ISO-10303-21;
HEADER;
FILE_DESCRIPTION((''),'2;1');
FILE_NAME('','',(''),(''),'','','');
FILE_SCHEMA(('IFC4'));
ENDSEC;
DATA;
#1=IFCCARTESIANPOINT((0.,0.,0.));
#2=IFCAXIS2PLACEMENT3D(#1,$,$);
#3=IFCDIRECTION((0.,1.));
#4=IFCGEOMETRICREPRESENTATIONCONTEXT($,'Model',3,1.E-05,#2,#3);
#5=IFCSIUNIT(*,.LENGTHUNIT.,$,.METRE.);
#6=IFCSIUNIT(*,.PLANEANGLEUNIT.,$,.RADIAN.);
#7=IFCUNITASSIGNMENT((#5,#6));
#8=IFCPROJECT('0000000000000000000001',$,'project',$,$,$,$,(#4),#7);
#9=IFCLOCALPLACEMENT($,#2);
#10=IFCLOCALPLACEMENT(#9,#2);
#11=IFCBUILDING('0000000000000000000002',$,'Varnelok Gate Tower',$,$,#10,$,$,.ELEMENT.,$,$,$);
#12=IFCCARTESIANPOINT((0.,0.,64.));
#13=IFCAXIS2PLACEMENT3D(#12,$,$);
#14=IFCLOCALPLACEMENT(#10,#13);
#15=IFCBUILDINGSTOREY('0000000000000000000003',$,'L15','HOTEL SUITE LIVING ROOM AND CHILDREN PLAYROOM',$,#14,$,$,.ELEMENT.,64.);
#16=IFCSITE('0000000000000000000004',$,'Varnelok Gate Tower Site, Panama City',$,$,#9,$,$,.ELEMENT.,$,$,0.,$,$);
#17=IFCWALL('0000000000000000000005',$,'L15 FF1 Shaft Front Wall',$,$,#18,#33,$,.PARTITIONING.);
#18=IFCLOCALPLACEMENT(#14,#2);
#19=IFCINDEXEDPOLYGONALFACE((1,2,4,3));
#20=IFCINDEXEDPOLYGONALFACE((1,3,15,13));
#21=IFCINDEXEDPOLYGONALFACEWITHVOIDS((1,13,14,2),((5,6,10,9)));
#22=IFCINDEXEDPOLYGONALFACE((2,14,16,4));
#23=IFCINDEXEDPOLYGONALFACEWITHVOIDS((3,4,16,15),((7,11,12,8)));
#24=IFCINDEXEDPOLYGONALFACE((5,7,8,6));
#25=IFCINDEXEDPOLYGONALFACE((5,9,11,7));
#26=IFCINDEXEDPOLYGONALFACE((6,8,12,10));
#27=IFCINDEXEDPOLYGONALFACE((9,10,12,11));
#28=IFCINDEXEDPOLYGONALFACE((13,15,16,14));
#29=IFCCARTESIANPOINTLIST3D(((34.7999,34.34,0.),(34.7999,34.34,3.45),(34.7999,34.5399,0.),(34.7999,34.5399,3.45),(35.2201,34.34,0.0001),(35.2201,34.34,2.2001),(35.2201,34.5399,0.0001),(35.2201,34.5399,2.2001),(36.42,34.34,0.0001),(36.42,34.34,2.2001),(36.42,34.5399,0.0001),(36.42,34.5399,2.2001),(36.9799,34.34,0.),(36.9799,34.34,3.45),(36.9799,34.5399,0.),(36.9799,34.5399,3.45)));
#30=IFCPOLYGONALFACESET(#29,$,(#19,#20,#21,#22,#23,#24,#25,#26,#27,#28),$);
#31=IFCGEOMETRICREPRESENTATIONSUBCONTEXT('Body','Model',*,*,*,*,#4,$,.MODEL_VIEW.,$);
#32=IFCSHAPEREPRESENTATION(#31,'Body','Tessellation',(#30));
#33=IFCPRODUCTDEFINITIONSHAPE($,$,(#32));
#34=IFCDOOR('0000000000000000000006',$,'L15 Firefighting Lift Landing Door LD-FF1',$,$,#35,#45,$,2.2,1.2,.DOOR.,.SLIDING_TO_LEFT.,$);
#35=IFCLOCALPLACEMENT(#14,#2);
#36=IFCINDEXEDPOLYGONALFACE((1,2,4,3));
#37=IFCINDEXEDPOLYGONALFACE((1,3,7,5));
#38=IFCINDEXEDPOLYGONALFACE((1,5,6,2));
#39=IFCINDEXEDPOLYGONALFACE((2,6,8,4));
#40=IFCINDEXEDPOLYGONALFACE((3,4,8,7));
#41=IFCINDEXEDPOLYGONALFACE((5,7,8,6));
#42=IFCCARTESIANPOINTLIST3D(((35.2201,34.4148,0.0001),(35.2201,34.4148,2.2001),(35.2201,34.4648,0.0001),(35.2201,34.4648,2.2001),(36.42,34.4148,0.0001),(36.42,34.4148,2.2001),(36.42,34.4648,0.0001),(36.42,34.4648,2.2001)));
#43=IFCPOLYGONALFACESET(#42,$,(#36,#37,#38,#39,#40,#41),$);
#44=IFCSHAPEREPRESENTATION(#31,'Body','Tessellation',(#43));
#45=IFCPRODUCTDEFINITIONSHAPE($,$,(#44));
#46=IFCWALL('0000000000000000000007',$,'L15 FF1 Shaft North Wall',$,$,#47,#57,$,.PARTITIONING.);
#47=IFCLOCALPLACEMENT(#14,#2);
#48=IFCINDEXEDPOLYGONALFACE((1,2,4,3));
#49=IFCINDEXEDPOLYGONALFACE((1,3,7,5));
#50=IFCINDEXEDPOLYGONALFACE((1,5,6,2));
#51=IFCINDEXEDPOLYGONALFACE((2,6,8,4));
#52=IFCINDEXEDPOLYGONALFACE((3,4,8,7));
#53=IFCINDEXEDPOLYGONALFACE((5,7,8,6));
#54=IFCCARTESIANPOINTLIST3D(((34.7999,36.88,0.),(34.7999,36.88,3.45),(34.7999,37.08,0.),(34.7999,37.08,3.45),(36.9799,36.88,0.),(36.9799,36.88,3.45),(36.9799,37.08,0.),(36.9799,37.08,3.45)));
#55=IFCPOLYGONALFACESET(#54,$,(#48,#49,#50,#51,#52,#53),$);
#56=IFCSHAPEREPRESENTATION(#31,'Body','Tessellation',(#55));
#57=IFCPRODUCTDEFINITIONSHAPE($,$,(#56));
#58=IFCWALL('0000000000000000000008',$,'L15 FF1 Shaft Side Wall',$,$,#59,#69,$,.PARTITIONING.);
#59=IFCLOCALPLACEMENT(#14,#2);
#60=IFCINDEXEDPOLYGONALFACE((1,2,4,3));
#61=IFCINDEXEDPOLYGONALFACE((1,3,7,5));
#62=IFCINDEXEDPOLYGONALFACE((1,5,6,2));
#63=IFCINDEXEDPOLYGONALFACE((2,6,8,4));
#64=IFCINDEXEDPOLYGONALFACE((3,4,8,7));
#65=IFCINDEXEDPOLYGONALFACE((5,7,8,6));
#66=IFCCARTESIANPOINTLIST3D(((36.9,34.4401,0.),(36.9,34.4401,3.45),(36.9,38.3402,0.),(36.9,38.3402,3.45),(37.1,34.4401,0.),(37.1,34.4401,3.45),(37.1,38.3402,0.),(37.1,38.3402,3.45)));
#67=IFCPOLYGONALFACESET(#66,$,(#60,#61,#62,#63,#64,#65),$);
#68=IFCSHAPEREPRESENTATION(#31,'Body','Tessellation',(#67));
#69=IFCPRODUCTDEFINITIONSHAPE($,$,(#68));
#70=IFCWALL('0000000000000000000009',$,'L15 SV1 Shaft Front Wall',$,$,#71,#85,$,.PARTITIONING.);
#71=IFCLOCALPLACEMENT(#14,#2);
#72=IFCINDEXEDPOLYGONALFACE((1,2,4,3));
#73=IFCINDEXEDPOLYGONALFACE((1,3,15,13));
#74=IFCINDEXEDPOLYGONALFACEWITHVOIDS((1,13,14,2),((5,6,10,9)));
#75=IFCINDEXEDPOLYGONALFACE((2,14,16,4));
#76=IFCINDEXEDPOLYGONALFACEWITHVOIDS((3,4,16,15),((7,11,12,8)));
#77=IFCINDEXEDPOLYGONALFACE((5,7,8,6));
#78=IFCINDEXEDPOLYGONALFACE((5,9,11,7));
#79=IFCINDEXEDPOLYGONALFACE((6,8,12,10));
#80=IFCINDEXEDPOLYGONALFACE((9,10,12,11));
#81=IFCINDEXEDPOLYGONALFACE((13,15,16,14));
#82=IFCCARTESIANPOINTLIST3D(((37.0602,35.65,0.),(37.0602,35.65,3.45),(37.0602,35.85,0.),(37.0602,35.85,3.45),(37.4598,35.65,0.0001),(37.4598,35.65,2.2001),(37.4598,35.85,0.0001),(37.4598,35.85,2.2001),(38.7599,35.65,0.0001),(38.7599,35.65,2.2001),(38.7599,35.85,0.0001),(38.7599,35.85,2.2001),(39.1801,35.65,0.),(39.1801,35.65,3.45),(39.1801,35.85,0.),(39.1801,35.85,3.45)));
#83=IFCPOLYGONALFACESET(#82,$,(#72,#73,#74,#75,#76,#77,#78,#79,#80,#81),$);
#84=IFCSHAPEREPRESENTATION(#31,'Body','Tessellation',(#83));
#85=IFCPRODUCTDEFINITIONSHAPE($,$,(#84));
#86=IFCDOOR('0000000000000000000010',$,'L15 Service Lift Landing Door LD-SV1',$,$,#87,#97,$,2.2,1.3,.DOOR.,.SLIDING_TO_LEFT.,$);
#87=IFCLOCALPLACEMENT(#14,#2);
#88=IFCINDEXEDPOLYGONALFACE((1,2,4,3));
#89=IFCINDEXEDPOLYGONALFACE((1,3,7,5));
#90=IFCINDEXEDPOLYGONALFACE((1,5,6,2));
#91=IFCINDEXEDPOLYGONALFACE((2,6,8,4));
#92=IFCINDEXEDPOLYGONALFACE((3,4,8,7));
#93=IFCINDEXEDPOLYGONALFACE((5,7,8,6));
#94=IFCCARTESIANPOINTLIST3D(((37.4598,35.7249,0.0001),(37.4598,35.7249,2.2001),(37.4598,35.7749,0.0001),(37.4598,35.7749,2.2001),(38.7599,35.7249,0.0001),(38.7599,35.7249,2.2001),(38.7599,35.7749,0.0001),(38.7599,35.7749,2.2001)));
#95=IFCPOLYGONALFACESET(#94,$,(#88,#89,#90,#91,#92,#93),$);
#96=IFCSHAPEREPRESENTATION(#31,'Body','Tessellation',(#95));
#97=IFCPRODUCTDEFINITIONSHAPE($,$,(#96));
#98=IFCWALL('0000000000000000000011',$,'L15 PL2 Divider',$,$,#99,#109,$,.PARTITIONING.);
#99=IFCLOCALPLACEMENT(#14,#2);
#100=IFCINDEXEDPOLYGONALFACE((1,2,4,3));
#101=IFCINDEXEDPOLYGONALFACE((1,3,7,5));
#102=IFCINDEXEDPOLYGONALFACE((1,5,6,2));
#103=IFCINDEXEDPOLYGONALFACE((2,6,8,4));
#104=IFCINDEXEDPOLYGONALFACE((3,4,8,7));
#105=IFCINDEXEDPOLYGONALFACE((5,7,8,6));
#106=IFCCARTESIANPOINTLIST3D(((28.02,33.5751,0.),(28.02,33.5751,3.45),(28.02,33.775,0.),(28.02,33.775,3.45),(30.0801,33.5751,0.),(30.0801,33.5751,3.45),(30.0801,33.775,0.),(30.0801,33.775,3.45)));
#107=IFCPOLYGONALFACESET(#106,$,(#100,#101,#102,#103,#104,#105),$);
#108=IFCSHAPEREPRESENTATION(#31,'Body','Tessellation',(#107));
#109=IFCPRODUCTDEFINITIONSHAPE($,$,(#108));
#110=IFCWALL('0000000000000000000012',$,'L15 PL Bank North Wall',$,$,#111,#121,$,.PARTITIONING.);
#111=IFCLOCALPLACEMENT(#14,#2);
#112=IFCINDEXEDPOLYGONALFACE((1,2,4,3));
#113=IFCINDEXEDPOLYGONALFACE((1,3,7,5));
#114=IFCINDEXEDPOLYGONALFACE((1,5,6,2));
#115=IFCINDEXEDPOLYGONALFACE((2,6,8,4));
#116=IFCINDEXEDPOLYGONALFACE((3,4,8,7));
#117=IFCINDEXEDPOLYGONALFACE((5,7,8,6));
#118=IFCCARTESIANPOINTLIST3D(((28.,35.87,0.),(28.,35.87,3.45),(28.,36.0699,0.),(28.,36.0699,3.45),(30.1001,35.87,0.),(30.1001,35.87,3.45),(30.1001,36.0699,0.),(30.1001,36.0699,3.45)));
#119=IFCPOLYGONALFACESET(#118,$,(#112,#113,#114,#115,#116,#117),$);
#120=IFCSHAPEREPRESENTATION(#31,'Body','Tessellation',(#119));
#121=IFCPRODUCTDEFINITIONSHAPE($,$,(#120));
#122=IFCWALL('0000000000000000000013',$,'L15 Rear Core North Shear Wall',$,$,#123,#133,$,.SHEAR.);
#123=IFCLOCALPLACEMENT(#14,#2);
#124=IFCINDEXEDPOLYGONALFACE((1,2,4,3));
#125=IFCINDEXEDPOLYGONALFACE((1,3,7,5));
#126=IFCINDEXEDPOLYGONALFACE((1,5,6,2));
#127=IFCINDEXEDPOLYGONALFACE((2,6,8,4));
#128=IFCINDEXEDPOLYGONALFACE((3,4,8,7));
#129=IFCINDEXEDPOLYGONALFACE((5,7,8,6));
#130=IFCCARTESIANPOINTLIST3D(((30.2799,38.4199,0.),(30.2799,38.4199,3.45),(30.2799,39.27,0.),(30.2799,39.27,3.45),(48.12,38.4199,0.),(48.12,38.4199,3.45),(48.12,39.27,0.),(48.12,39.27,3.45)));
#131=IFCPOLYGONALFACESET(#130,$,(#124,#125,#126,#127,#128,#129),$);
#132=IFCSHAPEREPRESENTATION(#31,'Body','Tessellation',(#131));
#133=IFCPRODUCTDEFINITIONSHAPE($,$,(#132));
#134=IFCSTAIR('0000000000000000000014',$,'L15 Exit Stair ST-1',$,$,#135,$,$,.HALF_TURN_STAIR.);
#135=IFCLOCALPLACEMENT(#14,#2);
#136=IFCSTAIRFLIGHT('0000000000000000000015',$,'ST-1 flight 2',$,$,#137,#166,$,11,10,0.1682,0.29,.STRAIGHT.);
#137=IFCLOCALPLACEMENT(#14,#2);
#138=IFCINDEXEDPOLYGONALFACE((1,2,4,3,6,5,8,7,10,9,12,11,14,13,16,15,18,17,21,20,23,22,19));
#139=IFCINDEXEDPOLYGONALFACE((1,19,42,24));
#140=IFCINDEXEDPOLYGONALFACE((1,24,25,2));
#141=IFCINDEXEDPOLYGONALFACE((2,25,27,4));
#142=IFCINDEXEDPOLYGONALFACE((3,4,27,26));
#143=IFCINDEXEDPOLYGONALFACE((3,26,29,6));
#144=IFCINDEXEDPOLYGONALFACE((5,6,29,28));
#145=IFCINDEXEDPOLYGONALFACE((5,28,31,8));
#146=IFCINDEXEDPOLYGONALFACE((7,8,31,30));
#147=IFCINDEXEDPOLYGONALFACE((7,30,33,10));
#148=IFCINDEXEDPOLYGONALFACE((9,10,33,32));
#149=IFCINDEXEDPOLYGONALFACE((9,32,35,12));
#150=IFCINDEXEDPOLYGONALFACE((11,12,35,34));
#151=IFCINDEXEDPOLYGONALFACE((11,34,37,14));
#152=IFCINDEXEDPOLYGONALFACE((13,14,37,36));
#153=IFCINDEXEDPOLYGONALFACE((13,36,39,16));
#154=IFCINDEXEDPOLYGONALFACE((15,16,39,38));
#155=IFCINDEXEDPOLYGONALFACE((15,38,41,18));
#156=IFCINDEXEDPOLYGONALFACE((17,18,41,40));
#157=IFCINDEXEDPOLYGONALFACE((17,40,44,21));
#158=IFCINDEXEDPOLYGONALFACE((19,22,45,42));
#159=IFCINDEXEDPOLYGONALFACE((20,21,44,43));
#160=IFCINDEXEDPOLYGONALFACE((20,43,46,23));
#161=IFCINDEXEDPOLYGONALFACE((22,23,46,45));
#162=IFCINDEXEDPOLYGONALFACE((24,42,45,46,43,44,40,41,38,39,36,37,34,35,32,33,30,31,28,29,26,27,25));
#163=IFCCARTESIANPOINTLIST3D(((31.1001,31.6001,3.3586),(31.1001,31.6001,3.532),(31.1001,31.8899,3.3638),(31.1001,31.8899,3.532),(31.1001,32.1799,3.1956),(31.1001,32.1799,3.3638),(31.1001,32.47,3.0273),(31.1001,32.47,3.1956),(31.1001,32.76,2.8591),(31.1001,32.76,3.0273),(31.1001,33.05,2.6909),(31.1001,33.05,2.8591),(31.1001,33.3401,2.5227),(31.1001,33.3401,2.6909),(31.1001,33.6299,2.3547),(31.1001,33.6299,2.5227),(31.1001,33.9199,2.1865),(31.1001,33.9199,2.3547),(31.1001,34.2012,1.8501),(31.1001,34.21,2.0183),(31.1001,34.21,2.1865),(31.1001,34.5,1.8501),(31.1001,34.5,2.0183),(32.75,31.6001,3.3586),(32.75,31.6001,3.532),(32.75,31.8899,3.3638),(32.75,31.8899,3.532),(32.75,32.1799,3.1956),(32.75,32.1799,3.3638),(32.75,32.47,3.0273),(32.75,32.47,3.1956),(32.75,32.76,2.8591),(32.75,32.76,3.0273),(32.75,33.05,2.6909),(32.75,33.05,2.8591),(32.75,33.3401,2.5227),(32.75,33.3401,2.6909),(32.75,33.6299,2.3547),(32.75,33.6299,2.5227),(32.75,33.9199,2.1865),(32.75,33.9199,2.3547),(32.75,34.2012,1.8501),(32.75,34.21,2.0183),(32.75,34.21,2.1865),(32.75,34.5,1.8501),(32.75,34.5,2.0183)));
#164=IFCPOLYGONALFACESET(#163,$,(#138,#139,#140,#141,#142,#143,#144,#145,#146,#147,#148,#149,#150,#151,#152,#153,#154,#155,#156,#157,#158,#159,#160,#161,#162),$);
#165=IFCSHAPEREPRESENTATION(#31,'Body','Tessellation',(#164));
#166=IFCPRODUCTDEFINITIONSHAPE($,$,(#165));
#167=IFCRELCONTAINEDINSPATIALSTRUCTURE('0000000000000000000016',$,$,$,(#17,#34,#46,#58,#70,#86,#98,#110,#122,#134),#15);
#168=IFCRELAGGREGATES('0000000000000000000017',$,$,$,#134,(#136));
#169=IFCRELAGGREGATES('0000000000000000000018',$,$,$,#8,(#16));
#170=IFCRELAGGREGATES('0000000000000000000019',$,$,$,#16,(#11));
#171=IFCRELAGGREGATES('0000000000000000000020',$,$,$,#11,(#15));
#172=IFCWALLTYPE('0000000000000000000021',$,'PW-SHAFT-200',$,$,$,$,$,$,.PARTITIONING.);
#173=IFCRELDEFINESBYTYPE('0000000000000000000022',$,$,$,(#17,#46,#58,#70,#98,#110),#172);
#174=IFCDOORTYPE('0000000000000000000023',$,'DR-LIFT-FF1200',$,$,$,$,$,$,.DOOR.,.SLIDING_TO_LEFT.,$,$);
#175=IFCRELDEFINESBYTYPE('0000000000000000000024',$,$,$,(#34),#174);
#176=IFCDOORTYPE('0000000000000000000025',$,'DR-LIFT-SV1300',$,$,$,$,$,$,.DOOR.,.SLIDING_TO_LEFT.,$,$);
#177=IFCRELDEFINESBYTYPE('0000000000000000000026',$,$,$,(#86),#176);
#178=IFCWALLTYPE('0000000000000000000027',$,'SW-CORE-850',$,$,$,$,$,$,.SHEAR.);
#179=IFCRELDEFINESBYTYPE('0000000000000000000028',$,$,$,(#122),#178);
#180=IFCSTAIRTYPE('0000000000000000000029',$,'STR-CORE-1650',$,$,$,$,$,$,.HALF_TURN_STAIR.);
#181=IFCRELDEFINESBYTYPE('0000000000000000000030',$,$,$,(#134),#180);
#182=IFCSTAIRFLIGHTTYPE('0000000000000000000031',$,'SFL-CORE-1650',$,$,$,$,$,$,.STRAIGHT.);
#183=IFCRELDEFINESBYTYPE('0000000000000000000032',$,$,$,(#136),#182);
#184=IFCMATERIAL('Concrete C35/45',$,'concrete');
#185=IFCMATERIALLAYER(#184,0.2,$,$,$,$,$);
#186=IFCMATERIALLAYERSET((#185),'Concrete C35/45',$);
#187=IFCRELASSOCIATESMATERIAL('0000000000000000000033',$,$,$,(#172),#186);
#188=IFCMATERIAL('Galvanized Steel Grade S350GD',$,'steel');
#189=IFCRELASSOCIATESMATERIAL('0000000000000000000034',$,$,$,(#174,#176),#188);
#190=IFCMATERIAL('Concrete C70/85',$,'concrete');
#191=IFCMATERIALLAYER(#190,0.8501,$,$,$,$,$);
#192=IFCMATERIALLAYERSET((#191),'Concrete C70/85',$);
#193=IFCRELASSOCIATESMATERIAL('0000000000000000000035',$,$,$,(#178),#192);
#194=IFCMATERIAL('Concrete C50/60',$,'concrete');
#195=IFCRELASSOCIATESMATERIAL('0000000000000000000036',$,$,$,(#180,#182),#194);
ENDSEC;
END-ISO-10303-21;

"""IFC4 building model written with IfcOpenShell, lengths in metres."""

from ifc_helpers import new_model, si_unit, direction, frame, frame_2d, origin, place, context, subcontext, project, spatial, polyline, rectangle, outline, extrude, material, layer, layer_set, type_object, element, fill, aggregate, save


model = new_model("IFC4")

# Units and contexts
model_context = context("Model", 3, precision=1e-05, world=origin(), true_north=direction((0.0, 1.0)))
body_context = subcontext(model_context, "Body", "Model", "MODEL_VIEW")
ifc_project = project(units=[si_unit("LENGTHUNIT", "METRE"), si_unit("PLANEANGLEUNIT", "RADIAN")], contexts=[model_context])

# Site, building, storey
site_placement = place(None, origin())
site = spatial("IfcSite", under=ifc_project, at=site_placement, Name="Varnelok Gate Tower Site, Panama City", CompositionType="ELEMENT", RefElevation=0.0)
building_placement = place(site_placement, origin())
building = spatial("IfcBuilding", under=site, at=building_placement, Name="Varnelok Gate Tower", CompositionType="ELEMENT")
storey_placement = place(building_placement, frame((0.0, 0.0, 64.0)))
storey = spatial("IfcBuildingStorey", under=building, at=storey_placement, Name="L15", Description="HOTEL SUITE LIVING ROOM AND CHILDREN PLAYROOM", CompositionType="ELEMENT", Elevation=64.0)

# Wall, opening, door
ifc_material_1 = material(Name="Concrete C35/45", Category="concrete")
ifc_layer_1 = layer(ifc_material_1, 0.2)
ifc_layer_set_1 = layer_set([ifc_layer_1], Name="Concrete C35/45")
wall_type_1 = type_object("IfcWallType", Name="PW-SHAFT-200", PredefinedType="PARTITIONING", material=ifc_layer_set_1)
wall_1_placement = place(storey_placement, frame((34.8, 34.4399, 0.0), z_axis=(0.0, 0.0, 1.0), x_axis=(1.0, 0.0, 0.0)))
wall_1 = element("IfcWall", 1, at=wall_1_placement, inside=storey, type_object=wall_type_1, Name="L15 FF1 Shaft Front Wall", PredefinedType="PARTITIONING", context=body_context, shape_type="SweptSolid", body=[
    extrude(rectangle(XDim=2.1799, YDim=0.2, at=frame_2d((1.0898, 0.0))), origin(), (0.0, 0.0, 1.0), 3.45),
])
opening_1_placement = place(wall_1_placement, frame((0.4199, 0.0, 0.0)))
opening_1 = element("IfcOpeningElement", 2, at=opening_1_placement, cuts=wall_1, PredefinedType="OPENING", context=body_context, shape_type="SweptSolid", body=[
    extrude(rectangle(XDim=1.2, YDim=2.2, at=frame_2d((0.6001, 1.1001))), frame((0.0, 0.1099, 0.0), z_axis=(0.0, -1.0, 0.0), x_axis=(1.0, 0.0, 0.0)), (0.0, 0.0, 1.0), 0.22),
])
ifc_material_2 = material(Name="Galvanized Steel Grade S350GD", Category="steel")
door_type_1 = type_object("IfcDoorType", Name="DR-LIFT-FF1200", OperationType="SLIDING_TO_LEFT", PredefinedType="DOOR", material=ifc_material_2)
door_1_placement = place(opening_1_placement, origin())
door_1 = element("IfcDoor", 3, at=door_1_placement, inside=storey, type_object=door_type_1, Name="L15 Firefighting Lift Landing Door LD-FF1", OperationType="SLIDING_TO_LEFT", OverallHeight=2.2, OverallWidth=1.2, PredefinedType="DOOR", context=body_context, shape_type="SweptSolid", body=[
    extrude(rectangle(XDim=1.2, YDim=2.2, at=frame_2d((0.6001, 1.1001))), frame((0.0, 0.0249, 0.0), z_axis=(0.0, -1.0, 0.0), x_axis=(1.0, 0.0, 0.0)), (0.0, 0.0, 1.0), 0.05),
])
fill(opening_1, door_1)

# Walls
wall_2_placement = place(storey_placement, frame((34.8, 36.98, 0.0), z_axis=(0.0, 0.0, 1.0), x_axis=(1.0, 0.0, 0.0)))
element("IfcWall", 4, at=wall_2_placement, inside=storey, type_object=wall_type_1, Name="L15 FF1 Shaft North Wall", PredefinedType="PARTITIONING", context=body_context, shape_type="SweptSolid", body=[
    extrude(rectangle(XDim=2.1799, YDim=0.2, at=frame_2d((1.0898, 0.0))), origin(), (0.0, 0.0, 1.0), 3.45),
])
wall_3_placement = place(storey_placement, frame((37.0, 34.4399, 0.0), z_axis=(0.0, 0.0, 1.0), x_axis=(0.0, 1.0, 0.0)))
element("IfcWall", 5, at=wall_3_placement, inside=storey, type_object=wall_type_1, Name="L15 FF1 Shaft Side Wall", PredefinedType="PARTITIONING", context=body_context, shape_type="SweptSolid", body=[
    extrude(rectangle(XDim=3.9001, YDim=0.2, at=frame_2d((1.9502, 0.0))), origin(), (0.0, 0.0, 1.0), 3.45),
])

# Wall, opening, door
wall_4_placement = place(storey_placement, frame((37.0601, 35.75, 0.0), z_axis=(0.0, 0.0, 1.0), x_axis=(1.0, 0.0, 0.0)))
wall_4 = element("IfcWall", 6, at=wall_4_placement, inside=storey, type_object=wall_type_1, Name="L15 SV1 Shaft Front Wall", PredefinedType="PARTITIONING", context=body_context, shape_type="SweptSolid", body=[
    extrude(rectangle(XDim=2.1199, YDim=0.2, at=frame_2d((1.0601, 0.0))), origin(), (0.0, 0.0, 1.0), 3.45),
])
opening_2_placement = place(wall_4_placement, frame((0.3999, 0.0, 0.0)))
opening_2 = element("IfcOpeningElement", 7, at=opening_2_placement, cuts=wall_4, PredefinedType="OPENING", context=body_context, shape_type="SweptSolid", body=[
    extrude(rectangle(XDim=1.3, YDim=2.2, at=frame_2d((0.6499, 1.1001))), frame((0.0, 0.1099, 0.0), z_axis=(0.0, -1.0, 0.0), x_axis=(1.0, 0.0, 0.0)), (0.0, 0.0, 1.0), 0.22),
])
door_type_2 = type_object("IfcDoorType", Name="DR-LIFT-SV1300", OperationType="SLIDING_TO_LEFT", PredefinedType="DOOR", material=ifc_material_2)
door_2_placement = place(opening_2_placement, origin())
door_2 = element("IfcDoor", 8, at=door_2_placement, inside=storey, type_object=door_type_2, Name="L15 Service Lift Landing Door LD-SV1", OperationType="SLIDING_TO_LEFT", OverallHeight=2.2, OverallWidth=1.3, PredefinedType="DOOR", context=body_context, shape_type="SweptSolid", body=[
    extrude(rectangle(XDim=1.3, YDim=2.2, at=frame_2d((0.6499, 1.1001))), frame((0.0, 0.0249, 0.0), z_axis=(0.0, -1.0, 0.0), x_axis=(1.0, 0.0, 0.0)), (0.0, 0.0, 1.0), 0.05),
])
fill(opening_2, door_2)

# Walls
wall_5_placement = place(storey_placement, frame((28.02, 33.675, 0.0), z_axis=(0.0, 0.0, 1.0), x_axis=(1.0, 0.0, 0.0)))
element("IfcWall", 9, at=wall_5_placement, inside=storey, type_object=wall_type_1, Name="L15 PL2 Divider", PredefinedType="PARTITIONING", context=body_context, shape_type="SweptSolid", body=[
    extrude(rectangle(XDim=2.0601, YDim=0.2, at=frame_2d((1.03, 0.0))), origin(), (0.0, 0.0, 1.0), 3.45),
])
wall_6_placement = place(storey_placement, frame((28.0, 35.97, 0.0), z_axis=(0.0, 0.0, 1.0), x_axis=(1.0, 0.0, 0.0)))
element("IfcWall", 10, at=wall_6_placement, inside=storey, type_object=wall_type_1, Name="L15 PL Bank North Wall", PredefinedType="PARTITIONING", context=body_context, shape_type="SweptSolid", body=[
    extrude(rectangle(XDim=2.1001, YDim=0.2, at=frame_2d((1.05, 0.0))), origin(), (0.0, 0.0, 1.0), 3.45),
])
ifc_material_3 = material(Name="Concrete C70/85", Category="concrete")
ifc_layer_2 = layer(ifc_material_3, 0.8501)
ifc_layer_set_2 = layer_set([ifc_layer_2], Name="Concrete C70/85")
wall_type_2 = type_object("IfcWallType", Name="SW-CORE-850", PredefinedType="SHEAR", material=ifc_layer_set_2)
wall_7_placement = place(storey_placement, frame((30.28, 38.845, 0.0), z_axis=(0.0, 0.0, 1.0), x_axis=(1.0, 0.0, 0.0)))
element("IfcWall", 11, at=wall_7_placement, inside=storey, type_object=wall_type_2, Name="L15 Rear Core North Shear Wall", PredefinedType="SHEAR", context=body_context, shape_type="SweptSolid", body=[
    extrude(rectangle(XDim=17.8401, YDim=0.8501, at=frame_2d((8.9199, 0.0))), origin(), (0.0, 0.0, 1.0), 3.45),
])

# Stair, stair flight
ifc_material_4 = material(Name="Concrete C50/60", Category="concrete")
stair_type = type_object("IfcStairType", Name="STR-CORE-1650", PredefinedType="HALF_TURN_STAIR", material=ifc_material_4)
stair_placement = place(storey_placement, origin())
stair = element("IfcStair", 12, at=stair_placement, inside=storey, type_object=stair_type, Name="L15 Exit Stair ST-1", PredefinedType="HALF_TURN_STAIR")
stair_flight_type = type_object("IfcStairFlightType", Name="SFL-CORE-1650", PredefinedType="STRAIGHT", material=ifc_material_4)
stair_flight_placement = place(storey_placement, frame((31.925, 34.5, 1.8501), z_axis=(0.0, 0.0, 1.0), x_axis=(0.0, -1.0, 0.0)))
stair_flight = element("IfcStairFlight", 13, at=stair_flight_placement, type_object=stair_flight_type, Name="ST-1 flight 2", NumberOfRisers=11, NumberOfTreads=10, PredefinedType="STRAIGHT", RiserHeight=0.1682, TreadLength=0.29, context=body_context, shape_type="SweptSolid", body=[
    extrude(outline(polyline([(0.0, 0.0), (0.0, 0.1682), (0.29, 0.1682), (0.29, 0.3364), (0.5801, 0.3364), (0.5801, 0.5046), (0.8701, 0.5046), (0.8701, 0.6726), (1.1599, 0.6726), (1.1599, 0.8408), (1.45, 0.8408), (1.45, 1.009), (1.74, 1.009), (1.74, 1.1772), (2.03, 1.1772), (2.03, 1.3455), (2.3201, 1.3455), (2.3201, 1.5137), (2.6101, 1.5137), (2.6101, 1.6819), (2.8999, 1.6819), (2.8999, 1.8501), (2.8999, 1.5085), (0.2988, 0.0), (0.0, 0.0)])), frame((0.0, 0.825, 0.0), z_axis=(0.0, -1.0, 0.0), x_axis=(1.0, 0.0, 0.0)), (0.0, 0.0, 1.0), 1.6499),
])
aggregate(stair, [stair_flight])

save(model, "model.ifc")
